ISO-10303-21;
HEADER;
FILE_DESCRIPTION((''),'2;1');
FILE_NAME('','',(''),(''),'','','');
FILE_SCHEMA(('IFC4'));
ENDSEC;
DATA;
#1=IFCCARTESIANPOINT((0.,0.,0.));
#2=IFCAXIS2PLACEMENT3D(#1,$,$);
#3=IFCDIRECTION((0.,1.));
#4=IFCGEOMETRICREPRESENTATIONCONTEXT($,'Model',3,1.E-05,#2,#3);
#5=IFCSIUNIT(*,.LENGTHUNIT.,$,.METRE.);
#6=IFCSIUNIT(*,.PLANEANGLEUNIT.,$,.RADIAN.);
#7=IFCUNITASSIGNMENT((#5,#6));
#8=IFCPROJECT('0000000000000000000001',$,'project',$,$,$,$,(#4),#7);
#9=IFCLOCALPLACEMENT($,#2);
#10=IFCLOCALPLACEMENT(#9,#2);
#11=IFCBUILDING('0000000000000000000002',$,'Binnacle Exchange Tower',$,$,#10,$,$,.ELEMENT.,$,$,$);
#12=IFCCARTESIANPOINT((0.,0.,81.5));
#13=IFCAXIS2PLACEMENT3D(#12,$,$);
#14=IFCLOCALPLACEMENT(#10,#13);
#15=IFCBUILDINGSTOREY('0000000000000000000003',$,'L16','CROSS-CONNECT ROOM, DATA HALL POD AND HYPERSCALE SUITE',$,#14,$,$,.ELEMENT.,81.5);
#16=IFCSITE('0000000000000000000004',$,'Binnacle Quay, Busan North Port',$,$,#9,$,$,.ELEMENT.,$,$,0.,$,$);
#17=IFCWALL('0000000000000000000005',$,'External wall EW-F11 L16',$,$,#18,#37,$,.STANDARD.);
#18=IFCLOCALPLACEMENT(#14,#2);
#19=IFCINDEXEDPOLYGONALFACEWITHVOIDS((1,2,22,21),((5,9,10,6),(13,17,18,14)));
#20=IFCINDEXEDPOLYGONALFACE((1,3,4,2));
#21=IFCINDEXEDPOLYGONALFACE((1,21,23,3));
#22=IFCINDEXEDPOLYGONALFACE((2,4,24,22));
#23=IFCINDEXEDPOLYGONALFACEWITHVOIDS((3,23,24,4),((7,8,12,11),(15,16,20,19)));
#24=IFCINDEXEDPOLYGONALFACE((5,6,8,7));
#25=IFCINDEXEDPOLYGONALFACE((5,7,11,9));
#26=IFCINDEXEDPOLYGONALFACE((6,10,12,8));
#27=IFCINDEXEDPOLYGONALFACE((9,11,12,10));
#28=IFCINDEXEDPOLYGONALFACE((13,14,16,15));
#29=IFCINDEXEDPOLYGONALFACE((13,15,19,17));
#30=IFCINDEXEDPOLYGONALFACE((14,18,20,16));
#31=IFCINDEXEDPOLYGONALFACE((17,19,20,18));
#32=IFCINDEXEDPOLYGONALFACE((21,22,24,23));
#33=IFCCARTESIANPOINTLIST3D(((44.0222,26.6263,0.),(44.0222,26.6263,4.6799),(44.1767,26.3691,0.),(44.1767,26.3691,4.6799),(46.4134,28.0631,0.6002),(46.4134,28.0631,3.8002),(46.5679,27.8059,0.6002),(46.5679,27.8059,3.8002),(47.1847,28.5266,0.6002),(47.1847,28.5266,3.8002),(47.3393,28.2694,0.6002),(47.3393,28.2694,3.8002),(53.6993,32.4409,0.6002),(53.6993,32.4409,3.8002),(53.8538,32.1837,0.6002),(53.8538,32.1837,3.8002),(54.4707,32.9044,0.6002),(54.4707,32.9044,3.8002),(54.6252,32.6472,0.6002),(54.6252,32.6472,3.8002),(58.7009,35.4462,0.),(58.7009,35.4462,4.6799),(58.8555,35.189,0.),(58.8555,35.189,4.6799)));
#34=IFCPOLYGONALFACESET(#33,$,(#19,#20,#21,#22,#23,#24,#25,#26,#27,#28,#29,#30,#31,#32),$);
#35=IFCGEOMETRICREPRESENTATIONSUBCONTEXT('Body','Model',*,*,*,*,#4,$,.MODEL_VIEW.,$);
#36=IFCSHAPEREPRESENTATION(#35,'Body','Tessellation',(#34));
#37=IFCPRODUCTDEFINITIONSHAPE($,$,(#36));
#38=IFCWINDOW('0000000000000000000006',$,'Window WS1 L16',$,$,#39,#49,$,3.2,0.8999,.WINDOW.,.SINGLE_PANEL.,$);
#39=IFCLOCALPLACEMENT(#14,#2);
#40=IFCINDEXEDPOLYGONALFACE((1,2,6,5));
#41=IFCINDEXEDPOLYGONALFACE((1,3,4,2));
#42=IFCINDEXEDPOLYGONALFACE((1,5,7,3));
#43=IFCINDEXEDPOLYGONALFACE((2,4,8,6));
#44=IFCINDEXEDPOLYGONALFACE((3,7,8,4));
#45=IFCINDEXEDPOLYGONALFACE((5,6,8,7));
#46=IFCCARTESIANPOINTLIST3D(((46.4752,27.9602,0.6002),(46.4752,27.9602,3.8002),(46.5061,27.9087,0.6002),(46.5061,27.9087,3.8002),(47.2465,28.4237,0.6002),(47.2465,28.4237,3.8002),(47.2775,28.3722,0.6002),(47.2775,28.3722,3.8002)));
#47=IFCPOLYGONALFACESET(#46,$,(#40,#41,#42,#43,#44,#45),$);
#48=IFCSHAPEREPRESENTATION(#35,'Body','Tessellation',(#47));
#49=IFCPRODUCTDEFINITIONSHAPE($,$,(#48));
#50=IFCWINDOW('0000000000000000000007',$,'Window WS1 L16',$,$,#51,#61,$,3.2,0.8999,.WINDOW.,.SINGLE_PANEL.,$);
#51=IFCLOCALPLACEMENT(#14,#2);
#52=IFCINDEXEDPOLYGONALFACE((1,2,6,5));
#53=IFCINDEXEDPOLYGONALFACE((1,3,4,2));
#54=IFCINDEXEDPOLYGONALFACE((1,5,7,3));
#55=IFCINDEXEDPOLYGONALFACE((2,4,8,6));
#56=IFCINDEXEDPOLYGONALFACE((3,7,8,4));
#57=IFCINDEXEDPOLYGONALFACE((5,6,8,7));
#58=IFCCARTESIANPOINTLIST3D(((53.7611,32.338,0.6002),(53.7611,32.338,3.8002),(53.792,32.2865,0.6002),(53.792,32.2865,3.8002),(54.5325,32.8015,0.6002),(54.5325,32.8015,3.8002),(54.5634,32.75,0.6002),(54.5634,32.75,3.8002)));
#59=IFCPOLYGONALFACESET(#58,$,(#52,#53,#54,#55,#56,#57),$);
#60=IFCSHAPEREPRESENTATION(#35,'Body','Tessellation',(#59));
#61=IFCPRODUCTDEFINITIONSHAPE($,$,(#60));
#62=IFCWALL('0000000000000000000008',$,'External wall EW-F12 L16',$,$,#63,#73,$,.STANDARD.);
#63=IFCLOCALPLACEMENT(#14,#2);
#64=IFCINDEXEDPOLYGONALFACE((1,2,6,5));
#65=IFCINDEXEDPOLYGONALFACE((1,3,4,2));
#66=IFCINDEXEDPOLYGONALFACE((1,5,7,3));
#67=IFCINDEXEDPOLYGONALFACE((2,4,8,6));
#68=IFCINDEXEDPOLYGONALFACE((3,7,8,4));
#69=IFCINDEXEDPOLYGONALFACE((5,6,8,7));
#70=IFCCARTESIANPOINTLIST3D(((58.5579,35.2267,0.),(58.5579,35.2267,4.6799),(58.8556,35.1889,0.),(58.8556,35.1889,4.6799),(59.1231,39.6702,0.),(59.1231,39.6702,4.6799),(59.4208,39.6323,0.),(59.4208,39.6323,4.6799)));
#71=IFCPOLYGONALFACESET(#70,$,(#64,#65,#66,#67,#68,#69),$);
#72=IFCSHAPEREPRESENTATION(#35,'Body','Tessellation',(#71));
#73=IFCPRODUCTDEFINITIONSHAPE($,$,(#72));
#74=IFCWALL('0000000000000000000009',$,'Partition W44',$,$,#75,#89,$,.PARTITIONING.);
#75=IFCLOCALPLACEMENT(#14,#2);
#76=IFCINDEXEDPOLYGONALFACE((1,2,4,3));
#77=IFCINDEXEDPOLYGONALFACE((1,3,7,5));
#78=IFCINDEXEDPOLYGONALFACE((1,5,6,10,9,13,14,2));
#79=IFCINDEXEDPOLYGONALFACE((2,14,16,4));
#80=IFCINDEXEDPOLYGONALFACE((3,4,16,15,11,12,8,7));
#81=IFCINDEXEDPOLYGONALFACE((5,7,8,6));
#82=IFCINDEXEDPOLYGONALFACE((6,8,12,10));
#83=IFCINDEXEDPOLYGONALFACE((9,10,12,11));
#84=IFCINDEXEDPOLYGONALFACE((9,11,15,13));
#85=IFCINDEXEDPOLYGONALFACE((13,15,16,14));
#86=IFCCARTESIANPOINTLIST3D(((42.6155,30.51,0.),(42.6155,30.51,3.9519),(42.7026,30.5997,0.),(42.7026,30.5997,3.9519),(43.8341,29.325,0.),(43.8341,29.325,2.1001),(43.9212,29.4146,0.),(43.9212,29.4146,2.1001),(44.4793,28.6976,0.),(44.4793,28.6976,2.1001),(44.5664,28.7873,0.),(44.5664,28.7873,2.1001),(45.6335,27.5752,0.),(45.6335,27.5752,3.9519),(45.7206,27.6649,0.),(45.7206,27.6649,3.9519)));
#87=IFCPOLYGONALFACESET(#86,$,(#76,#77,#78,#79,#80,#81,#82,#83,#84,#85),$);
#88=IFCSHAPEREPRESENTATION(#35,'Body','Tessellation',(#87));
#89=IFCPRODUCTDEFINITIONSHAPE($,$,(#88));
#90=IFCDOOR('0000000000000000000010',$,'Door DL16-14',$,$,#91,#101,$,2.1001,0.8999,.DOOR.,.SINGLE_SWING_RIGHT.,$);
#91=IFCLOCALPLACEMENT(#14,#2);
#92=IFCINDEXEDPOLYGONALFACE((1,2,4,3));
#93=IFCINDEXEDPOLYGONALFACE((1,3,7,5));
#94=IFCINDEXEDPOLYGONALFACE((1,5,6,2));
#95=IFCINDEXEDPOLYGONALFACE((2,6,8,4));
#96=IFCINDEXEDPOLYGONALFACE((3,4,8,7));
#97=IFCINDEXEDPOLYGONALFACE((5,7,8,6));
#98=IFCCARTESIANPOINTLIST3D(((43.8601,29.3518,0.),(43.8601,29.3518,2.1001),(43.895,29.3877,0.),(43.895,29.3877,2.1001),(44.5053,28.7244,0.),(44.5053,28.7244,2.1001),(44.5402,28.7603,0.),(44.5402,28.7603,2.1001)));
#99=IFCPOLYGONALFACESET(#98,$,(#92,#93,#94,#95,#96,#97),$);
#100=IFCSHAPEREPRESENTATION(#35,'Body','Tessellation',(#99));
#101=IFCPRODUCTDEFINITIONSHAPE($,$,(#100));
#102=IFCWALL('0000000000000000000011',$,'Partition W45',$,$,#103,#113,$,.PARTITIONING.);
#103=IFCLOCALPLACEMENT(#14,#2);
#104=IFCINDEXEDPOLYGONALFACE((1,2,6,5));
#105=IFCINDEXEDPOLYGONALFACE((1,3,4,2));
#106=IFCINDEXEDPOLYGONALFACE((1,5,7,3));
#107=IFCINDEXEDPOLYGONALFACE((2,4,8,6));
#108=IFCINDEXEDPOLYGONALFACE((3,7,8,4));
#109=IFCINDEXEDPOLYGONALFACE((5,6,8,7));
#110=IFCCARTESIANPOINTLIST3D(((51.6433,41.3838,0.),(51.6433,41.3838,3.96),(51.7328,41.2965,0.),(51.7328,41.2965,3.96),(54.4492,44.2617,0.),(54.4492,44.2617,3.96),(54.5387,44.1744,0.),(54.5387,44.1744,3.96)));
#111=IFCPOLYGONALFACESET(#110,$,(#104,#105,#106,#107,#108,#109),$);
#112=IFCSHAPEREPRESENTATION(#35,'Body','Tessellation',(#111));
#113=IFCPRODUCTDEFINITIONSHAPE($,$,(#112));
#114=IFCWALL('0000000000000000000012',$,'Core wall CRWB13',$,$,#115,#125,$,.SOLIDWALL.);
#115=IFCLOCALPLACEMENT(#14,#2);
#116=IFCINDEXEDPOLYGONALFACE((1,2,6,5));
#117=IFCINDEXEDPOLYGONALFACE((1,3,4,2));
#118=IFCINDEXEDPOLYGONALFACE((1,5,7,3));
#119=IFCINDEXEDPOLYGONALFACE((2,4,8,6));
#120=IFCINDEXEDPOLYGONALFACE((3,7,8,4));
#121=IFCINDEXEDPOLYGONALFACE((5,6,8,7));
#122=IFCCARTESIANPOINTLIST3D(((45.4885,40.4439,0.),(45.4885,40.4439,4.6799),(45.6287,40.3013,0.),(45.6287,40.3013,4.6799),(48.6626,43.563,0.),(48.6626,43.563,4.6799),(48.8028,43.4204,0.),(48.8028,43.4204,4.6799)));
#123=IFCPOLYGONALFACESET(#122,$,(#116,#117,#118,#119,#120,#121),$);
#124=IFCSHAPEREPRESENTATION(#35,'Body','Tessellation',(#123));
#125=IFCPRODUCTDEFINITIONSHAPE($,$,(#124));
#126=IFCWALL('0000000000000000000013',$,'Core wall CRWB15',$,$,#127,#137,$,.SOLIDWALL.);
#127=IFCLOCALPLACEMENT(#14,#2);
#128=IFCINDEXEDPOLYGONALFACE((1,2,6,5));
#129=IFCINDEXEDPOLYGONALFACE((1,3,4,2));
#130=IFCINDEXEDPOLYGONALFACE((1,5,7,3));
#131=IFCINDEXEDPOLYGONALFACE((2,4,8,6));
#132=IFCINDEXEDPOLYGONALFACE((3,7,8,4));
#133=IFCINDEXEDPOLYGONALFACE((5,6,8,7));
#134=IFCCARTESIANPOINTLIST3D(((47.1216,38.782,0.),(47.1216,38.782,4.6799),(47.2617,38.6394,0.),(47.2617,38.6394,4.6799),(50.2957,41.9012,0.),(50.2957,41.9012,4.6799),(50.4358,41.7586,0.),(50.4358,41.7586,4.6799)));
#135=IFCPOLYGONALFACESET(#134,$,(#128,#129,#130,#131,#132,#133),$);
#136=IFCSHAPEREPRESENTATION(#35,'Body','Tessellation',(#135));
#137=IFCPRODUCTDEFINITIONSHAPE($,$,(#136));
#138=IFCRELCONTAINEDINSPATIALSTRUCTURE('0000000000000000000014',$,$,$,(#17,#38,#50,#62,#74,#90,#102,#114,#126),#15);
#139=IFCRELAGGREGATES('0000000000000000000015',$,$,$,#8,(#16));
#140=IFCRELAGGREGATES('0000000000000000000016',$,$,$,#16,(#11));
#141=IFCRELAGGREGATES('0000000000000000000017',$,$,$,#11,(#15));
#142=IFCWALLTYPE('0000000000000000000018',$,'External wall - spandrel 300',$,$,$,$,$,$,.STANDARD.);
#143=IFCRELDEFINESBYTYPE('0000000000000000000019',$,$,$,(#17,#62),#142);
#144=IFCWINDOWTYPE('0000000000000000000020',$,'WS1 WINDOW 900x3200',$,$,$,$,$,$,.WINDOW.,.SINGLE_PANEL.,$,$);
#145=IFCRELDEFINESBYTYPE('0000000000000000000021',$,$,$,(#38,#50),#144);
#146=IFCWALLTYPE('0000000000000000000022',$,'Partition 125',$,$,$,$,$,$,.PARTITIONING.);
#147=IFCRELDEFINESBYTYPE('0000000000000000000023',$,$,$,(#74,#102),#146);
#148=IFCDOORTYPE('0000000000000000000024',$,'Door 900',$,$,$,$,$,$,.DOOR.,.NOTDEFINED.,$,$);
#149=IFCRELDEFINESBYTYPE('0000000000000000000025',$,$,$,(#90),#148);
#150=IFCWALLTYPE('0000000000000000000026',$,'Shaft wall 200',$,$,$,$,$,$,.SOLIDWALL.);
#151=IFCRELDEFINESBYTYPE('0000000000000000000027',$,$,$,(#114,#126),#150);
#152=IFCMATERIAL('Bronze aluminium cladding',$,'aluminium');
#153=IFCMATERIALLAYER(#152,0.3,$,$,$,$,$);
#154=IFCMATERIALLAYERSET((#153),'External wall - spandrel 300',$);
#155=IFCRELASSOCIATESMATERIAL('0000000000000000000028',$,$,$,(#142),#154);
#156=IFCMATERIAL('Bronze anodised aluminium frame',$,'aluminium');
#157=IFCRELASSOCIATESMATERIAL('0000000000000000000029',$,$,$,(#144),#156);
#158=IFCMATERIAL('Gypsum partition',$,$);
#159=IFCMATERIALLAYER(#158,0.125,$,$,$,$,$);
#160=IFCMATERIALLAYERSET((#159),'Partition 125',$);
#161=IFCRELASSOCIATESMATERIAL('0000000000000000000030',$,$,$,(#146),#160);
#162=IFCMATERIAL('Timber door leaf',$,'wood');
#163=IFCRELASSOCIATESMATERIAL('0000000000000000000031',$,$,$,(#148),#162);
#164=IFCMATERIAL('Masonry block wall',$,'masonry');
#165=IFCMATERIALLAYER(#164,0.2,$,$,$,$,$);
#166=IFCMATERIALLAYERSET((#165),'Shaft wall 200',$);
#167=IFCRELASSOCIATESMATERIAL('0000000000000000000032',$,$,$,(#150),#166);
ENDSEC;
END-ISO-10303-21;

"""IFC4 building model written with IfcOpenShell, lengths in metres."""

from ifc_helpers import new_model, si_unit, direction, frame, frame_2d, origin, place, context, subcontext, project, spatial, rectangle, extrude, material, layer, layer_set, type_object, element, fill, save


model = new_model("IFC4")

# Units and contexts
model_context = context("Model", 3, precision=1e-05, world=origin(), true_north=direction((0.0, 1.0)))
body_context = subcontext(model_context, "Body", "Model", "MODEL_VIEW")
ifc_project = project(units=[si_unit("LENGTHUNIT", "METRE"), si_unit("PLANEANGLEUNIT", "RADIAN")], contexts=[model_context])

# Site, building, storey
site_placement = place(None, origin())
site = spatial("IfcSite", under=ifc_project, at=site_placement, Name="Binnacle Quay, Busan North Port", CompositionType="ELEMENT", RefElevation=0.0)
building_placement = place(site_placement, origin())
building = spatial("IfcBuilding", under=site, at=building_placement, Name="Binnacle Exchange Tower", CompositionType="ELEMENT")
storey_placement = place(building_placement, frame((0.0, 0.0, 81.5)))
storey = spatial("IfcBuildingStorey", under=building, at=storey_placement, Name="L16", Description="CROSS-CONNECT ROOM, DATA HALL POD AND HYPERSCALE SUITE", CompositionType="ELEMENT", Elevation=81.5)

# Shared definitions
ifc_material_1 = material(Name="Bronze aluminium cladding", Category="aluminium")
ifc_layer_1 = layer(ifc_material_1, 0.3)
ifc_layer_set_1 = layer_set([ifc_layer_1], Name="External wall - spandrel 300")
wall_type_1 = type_object("IfcWallType", Name="External wall - spandrel 300", PredefinedType="STANDARD", material=ifc_layer_set_1)

# Wall, openings, windows
wall_1_placement = place(storey_placement, frame((58.7783, 35.3176, 0.0), z_axis=(0.0, 0.0, 1.0), x_axis=(-0.857168, -0.515037, 0.0)))
wall_1 = element("IfcWall", 1, at=wall_1_placement, inside=storey, type_object=wall_type_1, Name="External wall EW-F11 L16", PredefinedType="STANDARD", context=body_context, shape_type="SweptSolid", body=[
    extrude(rectangle(XDim=17.1248, YDim=0.3, at=frame_2d((8.5625, 0.0))), origin(), (0.0, 0.0, 1.0), 4.6799),
])
opening_1_placement = place(wall_1_placement, frame((13.4353, 0.0, 0.6001)))
opening_1 = element("IfcOpeningElement", 2, at=opening_1_placement, cuts=wall_1, PredefinedType="OPENING", context=body_context, shape_type="SweptSolid", body=[
    extrude(rectangle(XDim=0.8999, YDim=3.2, at=frame_2d((0.45, 1.6001))), frame((0.0, 0.1599, 0.0), z_axis=(0.0, -1.0, 0.0), x_axis=(1.0, 0.0, 0.0)), (0.0, 0.0, 1.0), 0.3201),
])
opening_2_placement = place(wall_1_placement, frame((4.9353, 0.0, 0.6001)))
opening_2 = element("IfcOpeningElement", 3, at=opening_2_placement, cuts=wall_1, PredefinedType="OPENING", context=body_context, shape_type="SweptSolid", body=[
    extrude(rectangle(XDim=0.8999, YDim=3.2, at=frame_2d((0.45, 1.6001))), frame((0.0, 0.1599, 0.0), z_axis=(0.0, -1.0, 0.0), x_axis=(1.0, 0.0, 0.0)), (0.0, 0.0, 1.0), 0.3201),
])
ifc_material_2 = material(Name="Bronze anodised aluminium frame", Category="aluminium")
window_type = type_object("IfcWindowType", Name="WS1 WINDOW 900x3200", PartitioningType="SINGLE_PANEL", PredefinedType="WINDOW", material=ifc_material_2)
window_1_placement = place(opening_1_placement, origin())
window_1 = element("IfcWindow", 4, at=window_1_placement, inside=storey, type_object=window_type, Name="Window WS1 L16", OverallHeight=3.2, OverallWidth=0.8999, PartitioningType="SINGLE_PANEL", PredefinedType="WINDOW", context=body_context, shape_type="SweptSolid", body=[
    extrude(rectangle(XDim=0.8999, YDim=3.2, at=frame_2d((0.45, 1.6001))), frame((0.0, 0.03, 0.0), z_axis=(0.0, -1.0, 0.0), x_axis=(1.0, 0.0, 0.0)), (0.0, 0.0, 1.0), 0.0601),
])
fill(opening_1, window_1)
window_2_placement = place(opening_2_placement, origin())
window_2 = element("IfcWindow", 5, at=window_2_placement, inside=storey, type_object=window_type, Name="Window WS1 L16", OverallHeight=3.2, OverallWidth=0.8999, PartitioningType="SINGLE_PANEL", PredefinedType="WINDOW", context=body_context, shape_type="SweptSolid", body=[
    extrude(rectangle(XDim=0.8999, YDim=3.2, at=frame_2d((0.45, 1.6001))), frame((0.0, 0.03, 0.0), z_axis=(0.0, -1.0, 0.0), x_axis=(1.0, 0.0, 0.0)), (0.0, 0.0, 1.0), 0.0601),
])
fill(opening_2, window_2)

# Wall
wall_2_placement = place(storey_placement, frame((59.272, 39.6514, 0.0), z_axis=(0.0, 0.0, 1.0), x_axis=(-0.126181, -0.992007, 0.0)))
element("IfcWall", 6, at=wall_2_placement, inside=storey, type_object=wall_type_1, Name="External wall EW-F12 L16", PredefinedType="STANDARD", context=body_context, shape_type="SweptSolid", body=[
    extrude(rectangle(XDim=4.4792, YDim=0.3, at=frame_2d((2.2397, 0.0))), origin(), (0.0, 0.0, 1.0), 4.6799),
])

# Wall, opening, door
ifc_material_3 = material(Name="Gypsum partition")
ifc_layer_2 = layer(ifc_material_3, 0.125)
ifc_layer_set_2 = layer_set([ifc_layer_2], Name="Partition 125")
wall_type_2 = type_object("IfcWallType", Name="Partition 125", PredefinedType="PARTITIONING", material=ifc_layer_set_2)
wall_3_placement = place(storey_placement, frame((42.6589, 30.5549, 0.0), z_axis=(0.0, 0.0, 1.0), x_axis=(0.716926, -0.69715, 0.0)))
wall_3 = element("IfcWall", 7, at=wall_3_placement, inside=storey, type_object=wall_type_2, Name="Partition W44", PredefinedType="PARTITIONING", context=body_context, shape_type="SweptSolid", body=[
    extrude(rectangle(XDim=4.2097, YDim=0.125, at=frame_2d((2.105, 0.0))), origin(), (0.0, 0.0, 1.0), 3.9519),
])
opening_3_placement = place(wall_3_placement, frame((1.7, 0.0, 0.0)))
opening_3 = element("IfcOpeningElement", 8, at=opening_3_placement, cuts=wall_3, PredefinedType="OPENING", context=body_context, shape_type="SweptSolid", body=[
    extrude(rectangle(XDim=0.8999, YDim=2.1001, at=frame_2d((0.45, 1.05))), frame((0.0, 0.0725, 0.0), z_axis=(0.0, -1.0, 0.0), x_axis=(1.0, 0.0, 0.0)), (0.0, 0.0, 1.0), 0.145),
])
ifc_material_4 = material(Name="Timber door leaf", Category="wood")
door_type = type_object("IfcDoorType", Name="Door 900", OperationType="NOTDEFINED", PredefinedType="DOOR", material=ifc_material_4)
door_placement = place(opening_3_placement, origin())
door = element("IfcDoor", 9, at=door_placement, inside=storey, type_object=door_type, Name="Door DL16-14", OperationType="SINGLE_SWING_RIGHT", OverallHeight=2.1001, OverallWidth=0.8999, PredefinedType="DOOR", context=body_context, shape_type="SweptSolid", body=[
    extrude(rectangle(XDim=0.8999, YDim=2.1001, at=frame_2d((0.45, 1.05))), frame((0.0, 0.0249, 0.0), z_axis=(0.0, -1.0, 0.0), x_axis=(1.0, 0.0, 0.0)), (0.0, 0.0, 1.0), 0.05),
])
fill(opening_3, door)

# Walls
wall_4_placement = place(storey_placement, frame((51.688, 41.3401, 0.0), z_axis=(0.0, 0.0, 1.0), x_axis=(0.698091, 0.716009, 0.0)))
element("IfcWall", 10, at=wall_4_placement, inside=storey, type_object=wall_type_2, Name="Partition W45", PredefinedType="PARTITIONING", context=body_context, shape_type="SweptSolid", body=[
    extrude(rectangle(XDim=4.0193, YDim=0.125, at=frame_2d((2.0098, 0.0))), origin(), (0.0, 0.0, 1.0), 3.96),
])
ifc_material_5 = material(Name="Masonry block wall", Category="masonry")
ifc_layer_3 = layer(ifc_material_5, 0.2)
ifc_layer_set_3 = layer_set([ifc_layer_3], Name="Shaft wall 200")
wall_type_3 = type_object("IfcWallType", Name="Shaft wall 200", PredefinedType="SOLIDWALL", material=ifc_layer_set_3)
for number, where, z_axis, x_axis, name in (
    (11, (45.5586, 40.3726, 0.0), (0.0, 0.0, 1.0), (0.713252, 0.700908, 0.0), "Core wall CRWB13"),
    (12, (47.1917, 38.7107, 0.0), (0.0, 0.0, 1.0), (0.713252, 0.700908, 0.0), "Core wall CRWB15"),
):
    element("IfcWall", number, at=place(storey_placement, frame(where, z_axis=z_axis, x_axis=x_axis)), inside=storey, type_object=wall_type_3, Name=name, PredefinedType="SOLIDWALL", context=body_context, shape_type="SweptSolid", body=[
        extrude(rectangle(XDim=4.4502, YDim=0.2, at=frame_2d((2.2251, 0.0))), origin(), (0.0, 0.0, 1.0), 4.6799),
    ])

save(model, "model.ifc")
